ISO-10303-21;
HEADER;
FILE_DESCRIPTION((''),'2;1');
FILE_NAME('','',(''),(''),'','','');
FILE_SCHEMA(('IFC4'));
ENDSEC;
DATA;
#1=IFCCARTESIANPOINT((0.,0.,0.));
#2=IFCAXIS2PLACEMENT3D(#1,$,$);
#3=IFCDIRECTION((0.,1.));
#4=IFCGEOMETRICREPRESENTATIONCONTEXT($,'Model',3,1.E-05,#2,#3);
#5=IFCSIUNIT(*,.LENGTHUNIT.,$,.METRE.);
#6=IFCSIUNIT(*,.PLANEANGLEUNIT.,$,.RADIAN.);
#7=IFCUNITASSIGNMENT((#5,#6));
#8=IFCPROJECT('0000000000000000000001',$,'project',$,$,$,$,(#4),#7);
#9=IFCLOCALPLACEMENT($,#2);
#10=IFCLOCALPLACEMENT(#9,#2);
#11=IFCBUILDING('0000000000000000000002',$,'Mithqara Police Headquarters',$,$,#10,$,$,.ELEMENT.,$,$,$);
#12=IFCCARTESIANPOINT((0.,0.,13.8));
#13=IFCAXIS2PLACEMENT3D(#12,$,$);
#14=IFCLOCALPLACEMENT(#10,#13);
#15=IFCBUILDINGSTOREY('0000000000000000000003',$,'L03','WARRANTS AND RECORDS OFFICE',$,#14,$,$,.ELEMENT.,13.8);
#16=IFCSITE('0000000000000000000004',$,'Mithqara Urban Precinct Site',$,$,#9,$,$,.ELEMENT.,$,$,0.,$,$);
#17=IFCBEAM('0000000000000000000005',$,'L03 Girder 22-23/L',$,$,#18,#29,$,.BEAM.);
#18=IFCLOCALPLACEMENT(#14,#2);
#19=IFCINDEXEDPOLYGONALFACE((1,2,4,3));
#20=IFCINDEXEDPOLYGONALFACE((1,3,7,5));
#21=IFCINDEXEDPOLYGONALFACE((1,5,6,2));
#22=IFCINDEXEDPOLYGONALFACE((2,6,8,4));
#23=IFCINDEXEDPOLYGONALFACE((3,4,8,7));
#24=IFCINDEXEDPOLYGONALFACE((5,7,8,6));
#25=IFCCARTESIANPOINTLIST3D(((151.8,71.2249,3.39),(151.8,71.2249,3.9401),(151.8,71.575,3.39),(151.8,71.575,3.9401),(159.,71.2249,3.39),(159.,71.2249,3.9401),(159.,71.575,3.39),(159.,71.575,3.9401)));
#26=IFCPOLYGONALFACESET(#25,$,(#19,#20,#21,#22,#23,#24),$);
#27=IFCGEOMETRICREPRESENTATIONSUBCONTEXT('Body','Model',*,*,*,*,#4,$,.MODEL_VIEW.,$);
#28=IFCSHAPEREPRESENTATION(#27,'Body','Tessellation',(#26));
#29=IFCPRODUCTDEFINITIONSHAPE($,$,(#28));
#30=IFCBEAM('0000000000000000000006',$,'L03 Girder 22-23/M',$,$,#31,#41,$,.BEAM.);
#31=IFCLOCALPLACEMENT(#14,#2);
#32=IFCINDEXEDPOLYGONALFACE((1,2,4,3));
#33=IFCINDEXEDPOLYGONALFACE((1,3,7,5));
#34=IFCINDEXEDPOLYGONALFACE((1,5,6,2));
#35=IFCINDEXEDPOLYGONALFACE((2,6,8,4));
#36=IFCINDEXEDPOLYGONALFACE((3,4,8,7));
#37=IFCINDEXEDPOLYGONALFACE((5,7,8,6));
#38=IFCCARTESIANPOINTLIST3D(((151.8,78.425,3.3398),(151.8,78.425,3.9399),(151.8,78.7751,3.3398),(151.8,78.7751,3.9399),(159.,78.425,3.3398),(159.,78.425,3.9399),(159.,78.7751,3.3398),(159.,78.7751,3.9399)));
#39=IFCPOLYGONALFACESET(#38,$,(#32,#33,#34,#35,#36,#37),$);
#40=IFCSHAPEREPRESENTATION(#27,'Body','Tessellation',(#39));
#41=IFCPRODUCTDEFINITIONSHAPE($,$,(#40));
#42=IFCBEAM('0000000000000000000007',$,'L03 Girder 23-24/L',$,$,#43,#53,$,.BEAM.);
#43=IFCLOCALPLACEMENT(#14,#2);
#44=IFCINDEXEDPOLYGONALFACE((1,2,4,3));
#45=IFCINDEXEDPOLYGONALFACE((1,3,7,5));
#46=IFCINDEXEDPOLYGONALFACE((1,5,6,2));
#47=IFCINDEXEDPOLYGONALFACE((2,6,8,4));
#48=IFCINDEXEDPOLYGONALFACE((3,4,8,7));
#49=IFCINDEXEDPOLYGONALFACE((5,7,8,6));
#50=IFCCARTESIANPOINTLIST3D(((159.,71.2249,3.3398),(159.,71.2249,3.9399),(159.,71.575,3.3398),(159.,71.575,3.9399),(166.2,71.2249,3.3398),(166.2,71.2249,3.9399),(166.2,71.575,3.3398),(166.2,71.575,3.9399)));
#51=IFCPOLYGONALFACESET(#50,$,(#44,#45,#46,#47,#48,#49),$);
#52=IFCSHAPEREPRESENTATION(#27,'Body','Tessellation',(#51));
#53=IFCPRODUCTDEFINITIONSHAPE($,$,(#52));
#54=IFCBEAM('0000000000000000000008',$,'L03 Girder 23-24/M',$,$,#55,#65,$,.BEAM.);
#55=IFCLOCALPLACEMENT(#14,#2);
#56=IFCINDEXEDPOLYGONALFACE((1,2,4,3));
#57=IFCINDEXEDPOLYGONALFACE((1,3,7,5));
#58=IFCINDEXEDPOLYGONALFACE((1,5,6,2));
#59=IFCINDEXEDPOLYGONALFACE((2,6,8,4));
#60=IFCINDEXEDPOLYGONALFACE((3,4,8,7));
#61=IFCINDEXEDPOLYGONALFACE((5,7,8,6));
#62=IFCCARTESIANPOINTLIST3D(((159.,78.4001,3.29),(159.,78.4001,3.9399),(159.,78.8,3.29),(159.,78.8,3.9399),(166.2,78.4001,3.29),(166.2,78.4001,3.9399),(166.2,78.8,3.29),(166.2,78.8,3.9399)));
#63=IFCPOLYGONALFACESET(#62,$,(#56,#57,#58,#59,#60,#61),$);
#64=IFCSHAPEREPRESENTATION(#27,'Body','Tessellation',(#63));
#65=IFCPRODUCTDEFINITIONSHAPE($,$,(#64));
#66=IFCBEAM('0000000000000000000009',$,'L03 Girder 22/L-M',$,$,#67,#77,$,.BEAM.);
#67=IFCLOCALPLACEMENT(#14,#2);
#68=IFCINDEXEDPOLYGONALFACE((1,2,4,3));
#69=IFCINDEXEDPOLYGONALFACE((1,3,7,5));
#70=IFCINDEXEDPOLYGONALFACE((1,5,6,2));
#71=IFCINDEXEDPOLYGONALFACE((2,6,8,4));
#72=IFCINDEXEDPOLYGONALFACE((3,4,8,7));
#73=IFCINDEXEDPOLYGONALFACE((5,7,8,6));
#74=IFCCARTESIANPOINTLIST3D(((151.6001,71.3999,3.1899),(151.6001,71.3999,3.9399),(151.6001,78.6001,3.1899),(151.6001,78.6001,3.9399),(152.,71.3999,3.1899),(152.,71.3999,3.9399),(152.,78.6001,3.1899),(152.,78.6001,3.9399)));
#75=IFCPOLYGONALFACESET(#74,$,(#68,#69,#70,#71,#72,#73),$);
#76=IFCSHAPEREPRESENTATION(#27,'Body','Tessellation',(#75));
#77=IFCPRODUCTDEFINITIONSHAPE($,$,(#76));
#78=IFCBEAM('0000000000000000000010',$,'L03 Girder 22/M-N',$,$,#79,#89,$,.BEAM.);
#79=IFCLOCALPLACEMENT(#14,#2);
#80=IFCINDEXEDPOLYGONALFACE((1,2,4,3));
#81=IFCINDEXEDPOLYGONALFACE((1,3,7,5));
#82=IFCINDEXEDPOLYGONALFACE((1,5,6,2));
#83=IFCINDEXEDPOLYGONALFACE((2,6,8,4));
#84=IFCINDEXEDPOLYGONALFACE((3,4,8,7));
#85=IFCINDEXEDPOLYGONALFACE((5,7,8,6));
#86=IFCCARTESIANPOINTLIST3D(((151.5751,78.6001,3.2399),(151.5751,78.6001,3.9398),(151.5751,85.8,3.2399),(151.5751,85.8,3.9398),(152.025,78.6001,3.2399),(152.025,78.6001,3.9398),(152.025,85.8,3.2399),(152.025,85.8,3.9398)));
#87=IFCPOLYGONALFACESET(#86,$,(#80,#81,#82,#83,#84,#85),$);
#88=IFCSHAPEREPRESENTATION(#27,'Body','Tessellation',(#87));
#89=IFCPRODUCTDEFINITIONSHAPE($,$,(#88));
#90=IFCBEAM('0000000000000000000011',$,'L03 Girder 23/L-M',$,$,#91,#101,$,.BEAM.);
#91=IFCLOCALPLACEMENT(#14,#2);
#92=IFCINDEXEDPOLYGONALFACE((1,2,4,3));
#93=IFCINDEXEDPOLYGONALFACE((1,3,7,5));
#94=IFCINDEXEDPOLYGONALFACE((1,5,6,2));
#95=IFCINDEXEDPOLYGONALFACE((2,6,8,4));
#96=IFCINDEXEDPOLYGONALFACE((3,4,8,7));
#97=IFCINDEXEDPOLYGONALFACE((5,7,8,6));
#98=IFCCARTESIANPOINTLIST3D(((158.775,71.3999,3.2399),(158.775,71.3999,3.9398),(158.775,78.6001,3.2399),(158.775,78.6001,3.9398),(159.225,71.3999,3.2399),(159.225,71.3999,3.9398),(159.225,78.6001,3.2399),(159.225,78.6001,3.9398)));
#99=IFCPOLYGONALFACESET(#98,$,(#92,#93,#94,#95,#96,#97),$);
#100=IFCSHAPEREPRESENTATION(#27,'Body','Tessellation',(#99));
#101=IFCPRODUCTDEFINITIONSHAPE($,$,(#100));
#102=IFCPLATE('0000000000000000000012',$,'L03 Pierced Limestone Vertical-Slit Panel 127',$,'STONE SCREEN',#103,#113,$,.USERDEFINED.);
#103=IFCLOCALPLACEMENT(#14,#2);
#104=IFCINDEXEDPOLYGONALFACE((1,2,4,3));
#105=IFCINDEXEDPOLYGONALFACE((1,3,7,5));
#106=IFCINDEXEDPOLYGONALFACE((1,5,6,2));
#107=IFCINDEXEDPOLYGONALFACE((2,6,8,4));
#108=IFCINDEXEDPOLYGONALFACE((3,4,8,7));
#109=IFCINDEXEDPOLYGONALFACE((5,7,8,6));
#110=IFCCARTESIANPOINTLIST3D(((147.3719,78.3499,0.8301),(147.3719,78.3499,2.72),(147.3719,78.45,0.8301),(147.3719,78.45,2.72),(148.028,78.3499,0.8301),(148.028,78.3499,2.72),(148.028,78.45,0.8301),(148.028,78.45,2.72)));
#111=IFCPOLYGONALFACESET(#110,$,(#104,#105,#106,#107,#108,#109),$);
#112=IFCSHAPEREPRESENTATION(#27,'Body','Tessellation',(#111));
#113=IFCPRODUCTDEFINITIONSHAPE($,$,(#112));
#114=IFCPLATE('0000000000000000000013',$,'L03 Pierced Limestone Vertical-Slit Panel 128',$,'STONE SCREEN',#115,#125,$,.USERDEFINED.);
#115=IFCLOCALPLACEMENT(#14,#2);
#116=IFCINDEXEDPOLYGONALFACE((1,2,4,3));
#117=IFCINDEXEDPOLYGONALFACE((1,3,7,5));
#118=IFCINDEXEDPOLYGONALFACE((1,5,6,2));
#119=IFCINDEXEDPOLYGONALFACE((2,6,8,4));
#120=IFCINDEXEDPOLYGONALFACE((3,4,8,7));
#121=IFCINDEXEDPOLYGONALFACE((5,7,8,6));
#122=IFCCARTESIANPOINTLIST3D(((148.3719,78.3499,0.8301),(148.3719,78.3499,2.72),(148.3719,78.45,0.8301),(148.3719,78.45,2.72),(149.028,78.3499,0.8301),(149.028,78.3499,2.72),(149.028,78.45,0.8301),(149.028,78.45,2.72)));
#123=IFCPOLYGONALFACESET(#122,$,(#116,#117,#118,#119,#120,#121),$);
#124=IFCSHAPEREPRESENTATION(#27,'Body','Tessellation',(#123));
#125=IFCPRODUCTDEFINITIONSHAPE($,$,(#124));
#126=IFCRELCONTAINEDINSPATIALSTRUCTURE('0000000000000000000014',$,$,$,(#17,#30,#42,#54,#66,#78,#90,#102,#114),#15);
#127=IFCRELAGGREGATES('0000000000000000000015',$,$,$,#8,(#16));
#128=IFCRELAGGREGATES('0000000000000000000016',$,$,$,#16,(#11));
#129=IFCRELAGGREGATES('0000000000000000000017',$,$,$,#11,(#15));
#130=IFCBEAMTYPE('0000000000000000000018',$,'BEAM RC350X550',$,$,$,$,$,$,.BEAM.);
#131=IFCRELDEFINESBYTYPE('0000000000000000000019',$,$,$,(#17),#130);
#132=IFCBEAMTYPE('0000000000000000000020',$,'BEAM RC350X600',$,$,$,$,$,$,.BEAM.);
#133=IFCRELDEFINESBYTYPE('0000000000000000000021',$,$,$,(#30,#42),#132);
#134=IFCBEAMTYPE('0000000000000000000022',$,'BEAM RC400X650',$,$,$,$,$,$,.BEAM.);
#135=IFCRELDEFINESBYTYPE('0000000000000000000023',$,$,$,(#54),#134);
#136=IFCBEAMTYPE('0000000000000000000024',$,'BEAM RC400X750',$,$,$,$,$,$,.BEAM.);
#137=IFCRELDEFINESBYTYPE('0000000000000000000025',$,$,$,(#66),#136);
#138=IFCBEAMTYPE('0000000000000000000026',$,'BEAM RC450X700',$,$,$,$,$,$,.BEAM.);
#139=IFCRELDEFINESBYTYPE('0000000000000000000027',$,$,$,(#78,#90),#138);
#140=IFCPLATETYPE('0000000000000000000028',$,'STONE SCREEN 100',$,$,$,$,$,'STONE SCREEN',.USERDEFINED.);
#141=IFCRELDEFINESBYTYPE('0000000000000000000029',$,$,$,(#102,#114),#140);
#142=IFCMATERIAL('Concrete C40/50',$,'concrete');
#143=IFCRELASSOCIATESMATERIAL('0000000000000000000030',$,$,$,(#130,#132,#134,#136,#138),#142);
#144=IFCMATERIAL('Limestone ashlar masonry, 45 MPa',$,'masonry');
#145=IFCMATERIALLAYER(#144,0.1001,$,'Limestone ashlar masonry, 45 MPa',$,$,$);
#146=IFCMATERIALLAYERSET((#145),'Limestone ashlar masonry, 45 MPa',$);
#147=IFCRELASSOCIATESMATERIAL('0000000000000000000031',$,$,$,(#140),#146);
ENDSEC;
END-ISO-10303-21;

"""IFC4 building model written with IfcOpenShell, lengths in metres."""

from ifc_helpers import new_model, si_unit, direction, frame, origin, origin_2d, place, context, subcontext, project, spatial, rectangle, extrude, material, layer, layer_set, material_profile, profile_set, type_object, element, save


model = new_model("IFC4")

# Units and contexts
model_context = context("Model", 3, precision=1e-05, world=origin(), true_north=direction((0.0, 1.0)))
body_context = subcontext(model_context, "Body", "Model", "MODEL_VIEW")
ifc_project = project(units=[si_unit("LENGTHUNIT", "METRE"), si_unit("PLANEANGLEUNIT", "RADIAN")], contexts=[model_context])

# Site, building, storey
site_placement = place(None, origin())
site = spatial("IfcSite", under=ifc_project, at=site_placement, Name="Mithqara Urban Precinct Site", CompositionType="ELEMENT", RefElevation=0.0)
building_placement = place(site_placement, origin())
building = spatial("IfcBuilding", under=site, at=building_placement, Name="Mithqara Police Headquarters", CompositionType="ELEMENT")
storey_placement = place(building_placement, frame((0.0, 0.0, 13.8)))
storey = spatial("IfcBuildingStorey", under=building, at=storey_placement, Name="L03", Description="WARRANTS AND RECORDS OFFICE", CompositionType="ELEMENT", Elevation=13.8)

# Beams
ifc_material_1 = material(Name="Concrete C40/50", Category="concrete")
ifc_material_profile_1 = material_profile(ifc_material_1, rectangle(XDim=0.3501, YDim=0.55, at=origin_2d()), Name="RC 350x550")
ifc_profile_set_1 = profile_set([ifc_material_profile_1], Name="Concrete C40/50")
beam_type_1 = type_object("IfcBeamType", Name="BEAM RC350X550", PredefinedType="BEAM", material=ifc_profile_set_1)
beam_1_placement = place(storey_placement, frame((151.8, 71.3999, 3.665), z_axis=(1.0, 0.0, 0.0), x_axis=(0.0, 1.0, 0.0)))
element("IfcBeam", 1, at=beam_1_placement, inside=storey, type_object=beam_type_1, Name="L03 Girder 22-23/L", PredefinedType="BEAM", context=body_context, shape_type="SweptSolid", body=[
    extrude(rectangle(XDim=0.3501, YDim=0.55, at=origin_2d()), origin(), (0.0, 0.0, 1.0), 7.2),
])
ifc_material_profile_2 = material_profile(ifc_material_1, rectangle(XDim=0.3501, YDim=0.6001, at=origin_2d()), Name="RC 350x600")
ifc_profile_set_2 = profile_set([ifc_material_profile_2], Name="Concrete C40/50")
beam_type_2 = type_object("IfcBeamType", Name="BEAM RC350X600", PredefinedType="BEAM", material=ifc_profile_set_2)
for number, where, z_axis, x_axis, name in (
    (2, (151.8, 78.6001, 3.6399), (1.0, 0.0, 0.0), (0.0, 1.0, 0.0), "L03 Girder 22-23/M"),
    (3, (159.0, 71.3999, 3.6399), (1.0, 0.0, 0.0), (0.0, 1.0, 0.0), "L03 Girder 23-24/L"),
):
    element("IfcBeam", number, at=place(storey_placement, frame(where, z_axis=z_axis, x_axis=x_axis)), inside=storey, type_object=beam_type_2, Name=name, PredefinedType="BEAM", context=body_context, shape_type="SweptSolid", body=[
        extrude(rectangle(XDim=0.3501, YDim=0.6001, at=origin_2d()), origin(), (0.0, 0.0, 1.0), 7.2),
    ])
ifc_material_profile_3 = material_profile(ifc_material_1, rectangle(XDim=0.3999, YDim=0.6499, at=origin_2d()), Name="RC 400x650")
ifc_profile_set_3 = profile_set([ifc_material_profile_3], Name="Concrete C40/50")
beam_type_3 = type_object("IfcBeamType", Name="BEAM RC400X650", PredefinedType="BEAM", material=ifc_profile_set_3)
beam_2_placement = place(storey_placement, frame((159.0, 78.6001, 3.615), z_axis=(1.0, 0.0, 0.0), x_axis=(0.0, 1.0, 0.0)))
element("IfcBeam", 4, at=beam_2_placement, inside=storey, type_object=beam_type_3, Name="L03 Girder 23-24/M", PredefinedType="BEAM", context=body_context, shape_type="SweptSolid", body=[
    extrude(rectangle(XDim=0.3999, YDim=0.6499, at=origin_2d()), origin(), (0.0, 0.0, 1.0), 7.2),
])
ifc_material_profile_4 = material_profile(ifc_material_1, rectangle(XDim=0.3999, YDim=0.75, at=origin_2d()), Name="RC 400x750")
ifc_profile_set_4 = profile_set([ifc_material_profile_4], Name="Concrete C40/50")
beam_type_4 = type_object("IfcBeamType", Name="BEAM RC400X750", PredefinedType="BEAM", material=ifc_profile_set_4)
beam_3_placement = place(storey_placement, frame((151.8, 71.3999, 3.5649), z_axis=(0.0, 1.0, 0.0), x_axis=(-1.0, 0.0, 0.0)))
element("IfcBeam", 5, at=beam_3_placement, inside=storey, type_object=beam_type_4, Name="L03 Girder 22/L-M", PredefinedType="BEAM", context=body_context, shape_type="SweptSolid", body=[
    extrude(rectangle(XDim=0.3999, YDim=0.75, at=origin_2d()), origin(), (0.0, 0.0, 1.0), 7.2002),
])
ifc_material_profile_5 = material_profile(ifc_material_1, rectangle(XDim=0.45, YDim=0.7, at=origin_2d()), Name="RC 450x700")
ifc_profile_set_5 = profile_set([ifc_material_profile_5], Name="Concrete C40/50")
beam_type_5 = type_object("IfcBeamType", Name="BEAM RC450X700", PredefinedType="BEAM", material=ifc_profile_set_5)
beam_4_placement = place(storey_placement, frame((151.8, 78.6001, 3.5898), z_axis=(0.0, 1.0, 0.0), x_axis=(-1.0, 0.0, 0.0)))
element("IfcBeam", 6, at=beam_4_placement, inside=storey, type_object=beam_type_5, Name="L03 Girder 22/M-N", PredefinedType="BEAM", context=body_context, shape_type="SweptSolid", body=[
    extrude(rectangle(XDim=0.45, YDim=0.7, at=origin_2d()), origin(), (0.0, 0.0, 1.0), 7.2),
])
beam_5_placement = place(storey_placement, frame((159.0, 71.3999, 3.5898), z_axis=(0.0, 1.0, 0.0), x_axis=(-1.0, 0.0, 0.0)))
element("IfcBeam", 7, at=beam_5_placement, inside=storey, type_object=beam_type_5, Name="L03 Girder 23/L-M", PredefinedType="BEAM", context=body_context, shape_type="SweptSolid", body=[
    extrude(rectangle(XDim=0.45, YDim=0.7, at=origin_2d()), origin(), (0.0, 0.0, 1.0), 7.2002),
])

# Plates
ifc_material_2 = material(Name="Limestone ashlar masonry, 45 MPa", Category="masonry")
ifc_layer_1 = layer(ifc_material_2, 0.1001, Name="Limestone ashlar masonry, 45 MPa")
ifc_layer_set_1 = layer_set([ifc_layer_1], Name="Limestone ashlar masonry, 45 MPa")
plate_type = type_object("IfcPlateType", Name="STONE SCREEN 100", ElementType="STONE SCREEN", PredefinedType="USERDEFINED", material=ifc_layer_set_1)
for number, where, z_axis, x_axis, name in (
    (8, (147.7, 78.3999, 0.8301), (0.0, 0.0, 1.0), (1.0, 0.0, 0.0), "L03 Pierced Limestone Vertical-Slit Panel 127"),
    (9, (148.7, 78.3999, 0.8301), (0.0, 0.0, 1.0), (1.0, 0.0, 0.0), "L03 Pierced Limestone Vertical-Slit Panel 128"),
):
    element("IfcPlate", number, at=place(storey_placement, frame(where, z_axis=z_axis, x_axis=x_axis)), inside=storey, type_object=plate_type, Name=name, ObjectType="STONE SCREEN", PredefinedType="USERDEFINED", context=body_context, shape_type="SweptSolid", body=[
        extrude(rectangle(XDim=0.656, YDim=0.1001, at=origin_2d()), origin(), (0.0, 0.0, 1.0), 1.8899),
    ])

save(model, "model.ifc")
